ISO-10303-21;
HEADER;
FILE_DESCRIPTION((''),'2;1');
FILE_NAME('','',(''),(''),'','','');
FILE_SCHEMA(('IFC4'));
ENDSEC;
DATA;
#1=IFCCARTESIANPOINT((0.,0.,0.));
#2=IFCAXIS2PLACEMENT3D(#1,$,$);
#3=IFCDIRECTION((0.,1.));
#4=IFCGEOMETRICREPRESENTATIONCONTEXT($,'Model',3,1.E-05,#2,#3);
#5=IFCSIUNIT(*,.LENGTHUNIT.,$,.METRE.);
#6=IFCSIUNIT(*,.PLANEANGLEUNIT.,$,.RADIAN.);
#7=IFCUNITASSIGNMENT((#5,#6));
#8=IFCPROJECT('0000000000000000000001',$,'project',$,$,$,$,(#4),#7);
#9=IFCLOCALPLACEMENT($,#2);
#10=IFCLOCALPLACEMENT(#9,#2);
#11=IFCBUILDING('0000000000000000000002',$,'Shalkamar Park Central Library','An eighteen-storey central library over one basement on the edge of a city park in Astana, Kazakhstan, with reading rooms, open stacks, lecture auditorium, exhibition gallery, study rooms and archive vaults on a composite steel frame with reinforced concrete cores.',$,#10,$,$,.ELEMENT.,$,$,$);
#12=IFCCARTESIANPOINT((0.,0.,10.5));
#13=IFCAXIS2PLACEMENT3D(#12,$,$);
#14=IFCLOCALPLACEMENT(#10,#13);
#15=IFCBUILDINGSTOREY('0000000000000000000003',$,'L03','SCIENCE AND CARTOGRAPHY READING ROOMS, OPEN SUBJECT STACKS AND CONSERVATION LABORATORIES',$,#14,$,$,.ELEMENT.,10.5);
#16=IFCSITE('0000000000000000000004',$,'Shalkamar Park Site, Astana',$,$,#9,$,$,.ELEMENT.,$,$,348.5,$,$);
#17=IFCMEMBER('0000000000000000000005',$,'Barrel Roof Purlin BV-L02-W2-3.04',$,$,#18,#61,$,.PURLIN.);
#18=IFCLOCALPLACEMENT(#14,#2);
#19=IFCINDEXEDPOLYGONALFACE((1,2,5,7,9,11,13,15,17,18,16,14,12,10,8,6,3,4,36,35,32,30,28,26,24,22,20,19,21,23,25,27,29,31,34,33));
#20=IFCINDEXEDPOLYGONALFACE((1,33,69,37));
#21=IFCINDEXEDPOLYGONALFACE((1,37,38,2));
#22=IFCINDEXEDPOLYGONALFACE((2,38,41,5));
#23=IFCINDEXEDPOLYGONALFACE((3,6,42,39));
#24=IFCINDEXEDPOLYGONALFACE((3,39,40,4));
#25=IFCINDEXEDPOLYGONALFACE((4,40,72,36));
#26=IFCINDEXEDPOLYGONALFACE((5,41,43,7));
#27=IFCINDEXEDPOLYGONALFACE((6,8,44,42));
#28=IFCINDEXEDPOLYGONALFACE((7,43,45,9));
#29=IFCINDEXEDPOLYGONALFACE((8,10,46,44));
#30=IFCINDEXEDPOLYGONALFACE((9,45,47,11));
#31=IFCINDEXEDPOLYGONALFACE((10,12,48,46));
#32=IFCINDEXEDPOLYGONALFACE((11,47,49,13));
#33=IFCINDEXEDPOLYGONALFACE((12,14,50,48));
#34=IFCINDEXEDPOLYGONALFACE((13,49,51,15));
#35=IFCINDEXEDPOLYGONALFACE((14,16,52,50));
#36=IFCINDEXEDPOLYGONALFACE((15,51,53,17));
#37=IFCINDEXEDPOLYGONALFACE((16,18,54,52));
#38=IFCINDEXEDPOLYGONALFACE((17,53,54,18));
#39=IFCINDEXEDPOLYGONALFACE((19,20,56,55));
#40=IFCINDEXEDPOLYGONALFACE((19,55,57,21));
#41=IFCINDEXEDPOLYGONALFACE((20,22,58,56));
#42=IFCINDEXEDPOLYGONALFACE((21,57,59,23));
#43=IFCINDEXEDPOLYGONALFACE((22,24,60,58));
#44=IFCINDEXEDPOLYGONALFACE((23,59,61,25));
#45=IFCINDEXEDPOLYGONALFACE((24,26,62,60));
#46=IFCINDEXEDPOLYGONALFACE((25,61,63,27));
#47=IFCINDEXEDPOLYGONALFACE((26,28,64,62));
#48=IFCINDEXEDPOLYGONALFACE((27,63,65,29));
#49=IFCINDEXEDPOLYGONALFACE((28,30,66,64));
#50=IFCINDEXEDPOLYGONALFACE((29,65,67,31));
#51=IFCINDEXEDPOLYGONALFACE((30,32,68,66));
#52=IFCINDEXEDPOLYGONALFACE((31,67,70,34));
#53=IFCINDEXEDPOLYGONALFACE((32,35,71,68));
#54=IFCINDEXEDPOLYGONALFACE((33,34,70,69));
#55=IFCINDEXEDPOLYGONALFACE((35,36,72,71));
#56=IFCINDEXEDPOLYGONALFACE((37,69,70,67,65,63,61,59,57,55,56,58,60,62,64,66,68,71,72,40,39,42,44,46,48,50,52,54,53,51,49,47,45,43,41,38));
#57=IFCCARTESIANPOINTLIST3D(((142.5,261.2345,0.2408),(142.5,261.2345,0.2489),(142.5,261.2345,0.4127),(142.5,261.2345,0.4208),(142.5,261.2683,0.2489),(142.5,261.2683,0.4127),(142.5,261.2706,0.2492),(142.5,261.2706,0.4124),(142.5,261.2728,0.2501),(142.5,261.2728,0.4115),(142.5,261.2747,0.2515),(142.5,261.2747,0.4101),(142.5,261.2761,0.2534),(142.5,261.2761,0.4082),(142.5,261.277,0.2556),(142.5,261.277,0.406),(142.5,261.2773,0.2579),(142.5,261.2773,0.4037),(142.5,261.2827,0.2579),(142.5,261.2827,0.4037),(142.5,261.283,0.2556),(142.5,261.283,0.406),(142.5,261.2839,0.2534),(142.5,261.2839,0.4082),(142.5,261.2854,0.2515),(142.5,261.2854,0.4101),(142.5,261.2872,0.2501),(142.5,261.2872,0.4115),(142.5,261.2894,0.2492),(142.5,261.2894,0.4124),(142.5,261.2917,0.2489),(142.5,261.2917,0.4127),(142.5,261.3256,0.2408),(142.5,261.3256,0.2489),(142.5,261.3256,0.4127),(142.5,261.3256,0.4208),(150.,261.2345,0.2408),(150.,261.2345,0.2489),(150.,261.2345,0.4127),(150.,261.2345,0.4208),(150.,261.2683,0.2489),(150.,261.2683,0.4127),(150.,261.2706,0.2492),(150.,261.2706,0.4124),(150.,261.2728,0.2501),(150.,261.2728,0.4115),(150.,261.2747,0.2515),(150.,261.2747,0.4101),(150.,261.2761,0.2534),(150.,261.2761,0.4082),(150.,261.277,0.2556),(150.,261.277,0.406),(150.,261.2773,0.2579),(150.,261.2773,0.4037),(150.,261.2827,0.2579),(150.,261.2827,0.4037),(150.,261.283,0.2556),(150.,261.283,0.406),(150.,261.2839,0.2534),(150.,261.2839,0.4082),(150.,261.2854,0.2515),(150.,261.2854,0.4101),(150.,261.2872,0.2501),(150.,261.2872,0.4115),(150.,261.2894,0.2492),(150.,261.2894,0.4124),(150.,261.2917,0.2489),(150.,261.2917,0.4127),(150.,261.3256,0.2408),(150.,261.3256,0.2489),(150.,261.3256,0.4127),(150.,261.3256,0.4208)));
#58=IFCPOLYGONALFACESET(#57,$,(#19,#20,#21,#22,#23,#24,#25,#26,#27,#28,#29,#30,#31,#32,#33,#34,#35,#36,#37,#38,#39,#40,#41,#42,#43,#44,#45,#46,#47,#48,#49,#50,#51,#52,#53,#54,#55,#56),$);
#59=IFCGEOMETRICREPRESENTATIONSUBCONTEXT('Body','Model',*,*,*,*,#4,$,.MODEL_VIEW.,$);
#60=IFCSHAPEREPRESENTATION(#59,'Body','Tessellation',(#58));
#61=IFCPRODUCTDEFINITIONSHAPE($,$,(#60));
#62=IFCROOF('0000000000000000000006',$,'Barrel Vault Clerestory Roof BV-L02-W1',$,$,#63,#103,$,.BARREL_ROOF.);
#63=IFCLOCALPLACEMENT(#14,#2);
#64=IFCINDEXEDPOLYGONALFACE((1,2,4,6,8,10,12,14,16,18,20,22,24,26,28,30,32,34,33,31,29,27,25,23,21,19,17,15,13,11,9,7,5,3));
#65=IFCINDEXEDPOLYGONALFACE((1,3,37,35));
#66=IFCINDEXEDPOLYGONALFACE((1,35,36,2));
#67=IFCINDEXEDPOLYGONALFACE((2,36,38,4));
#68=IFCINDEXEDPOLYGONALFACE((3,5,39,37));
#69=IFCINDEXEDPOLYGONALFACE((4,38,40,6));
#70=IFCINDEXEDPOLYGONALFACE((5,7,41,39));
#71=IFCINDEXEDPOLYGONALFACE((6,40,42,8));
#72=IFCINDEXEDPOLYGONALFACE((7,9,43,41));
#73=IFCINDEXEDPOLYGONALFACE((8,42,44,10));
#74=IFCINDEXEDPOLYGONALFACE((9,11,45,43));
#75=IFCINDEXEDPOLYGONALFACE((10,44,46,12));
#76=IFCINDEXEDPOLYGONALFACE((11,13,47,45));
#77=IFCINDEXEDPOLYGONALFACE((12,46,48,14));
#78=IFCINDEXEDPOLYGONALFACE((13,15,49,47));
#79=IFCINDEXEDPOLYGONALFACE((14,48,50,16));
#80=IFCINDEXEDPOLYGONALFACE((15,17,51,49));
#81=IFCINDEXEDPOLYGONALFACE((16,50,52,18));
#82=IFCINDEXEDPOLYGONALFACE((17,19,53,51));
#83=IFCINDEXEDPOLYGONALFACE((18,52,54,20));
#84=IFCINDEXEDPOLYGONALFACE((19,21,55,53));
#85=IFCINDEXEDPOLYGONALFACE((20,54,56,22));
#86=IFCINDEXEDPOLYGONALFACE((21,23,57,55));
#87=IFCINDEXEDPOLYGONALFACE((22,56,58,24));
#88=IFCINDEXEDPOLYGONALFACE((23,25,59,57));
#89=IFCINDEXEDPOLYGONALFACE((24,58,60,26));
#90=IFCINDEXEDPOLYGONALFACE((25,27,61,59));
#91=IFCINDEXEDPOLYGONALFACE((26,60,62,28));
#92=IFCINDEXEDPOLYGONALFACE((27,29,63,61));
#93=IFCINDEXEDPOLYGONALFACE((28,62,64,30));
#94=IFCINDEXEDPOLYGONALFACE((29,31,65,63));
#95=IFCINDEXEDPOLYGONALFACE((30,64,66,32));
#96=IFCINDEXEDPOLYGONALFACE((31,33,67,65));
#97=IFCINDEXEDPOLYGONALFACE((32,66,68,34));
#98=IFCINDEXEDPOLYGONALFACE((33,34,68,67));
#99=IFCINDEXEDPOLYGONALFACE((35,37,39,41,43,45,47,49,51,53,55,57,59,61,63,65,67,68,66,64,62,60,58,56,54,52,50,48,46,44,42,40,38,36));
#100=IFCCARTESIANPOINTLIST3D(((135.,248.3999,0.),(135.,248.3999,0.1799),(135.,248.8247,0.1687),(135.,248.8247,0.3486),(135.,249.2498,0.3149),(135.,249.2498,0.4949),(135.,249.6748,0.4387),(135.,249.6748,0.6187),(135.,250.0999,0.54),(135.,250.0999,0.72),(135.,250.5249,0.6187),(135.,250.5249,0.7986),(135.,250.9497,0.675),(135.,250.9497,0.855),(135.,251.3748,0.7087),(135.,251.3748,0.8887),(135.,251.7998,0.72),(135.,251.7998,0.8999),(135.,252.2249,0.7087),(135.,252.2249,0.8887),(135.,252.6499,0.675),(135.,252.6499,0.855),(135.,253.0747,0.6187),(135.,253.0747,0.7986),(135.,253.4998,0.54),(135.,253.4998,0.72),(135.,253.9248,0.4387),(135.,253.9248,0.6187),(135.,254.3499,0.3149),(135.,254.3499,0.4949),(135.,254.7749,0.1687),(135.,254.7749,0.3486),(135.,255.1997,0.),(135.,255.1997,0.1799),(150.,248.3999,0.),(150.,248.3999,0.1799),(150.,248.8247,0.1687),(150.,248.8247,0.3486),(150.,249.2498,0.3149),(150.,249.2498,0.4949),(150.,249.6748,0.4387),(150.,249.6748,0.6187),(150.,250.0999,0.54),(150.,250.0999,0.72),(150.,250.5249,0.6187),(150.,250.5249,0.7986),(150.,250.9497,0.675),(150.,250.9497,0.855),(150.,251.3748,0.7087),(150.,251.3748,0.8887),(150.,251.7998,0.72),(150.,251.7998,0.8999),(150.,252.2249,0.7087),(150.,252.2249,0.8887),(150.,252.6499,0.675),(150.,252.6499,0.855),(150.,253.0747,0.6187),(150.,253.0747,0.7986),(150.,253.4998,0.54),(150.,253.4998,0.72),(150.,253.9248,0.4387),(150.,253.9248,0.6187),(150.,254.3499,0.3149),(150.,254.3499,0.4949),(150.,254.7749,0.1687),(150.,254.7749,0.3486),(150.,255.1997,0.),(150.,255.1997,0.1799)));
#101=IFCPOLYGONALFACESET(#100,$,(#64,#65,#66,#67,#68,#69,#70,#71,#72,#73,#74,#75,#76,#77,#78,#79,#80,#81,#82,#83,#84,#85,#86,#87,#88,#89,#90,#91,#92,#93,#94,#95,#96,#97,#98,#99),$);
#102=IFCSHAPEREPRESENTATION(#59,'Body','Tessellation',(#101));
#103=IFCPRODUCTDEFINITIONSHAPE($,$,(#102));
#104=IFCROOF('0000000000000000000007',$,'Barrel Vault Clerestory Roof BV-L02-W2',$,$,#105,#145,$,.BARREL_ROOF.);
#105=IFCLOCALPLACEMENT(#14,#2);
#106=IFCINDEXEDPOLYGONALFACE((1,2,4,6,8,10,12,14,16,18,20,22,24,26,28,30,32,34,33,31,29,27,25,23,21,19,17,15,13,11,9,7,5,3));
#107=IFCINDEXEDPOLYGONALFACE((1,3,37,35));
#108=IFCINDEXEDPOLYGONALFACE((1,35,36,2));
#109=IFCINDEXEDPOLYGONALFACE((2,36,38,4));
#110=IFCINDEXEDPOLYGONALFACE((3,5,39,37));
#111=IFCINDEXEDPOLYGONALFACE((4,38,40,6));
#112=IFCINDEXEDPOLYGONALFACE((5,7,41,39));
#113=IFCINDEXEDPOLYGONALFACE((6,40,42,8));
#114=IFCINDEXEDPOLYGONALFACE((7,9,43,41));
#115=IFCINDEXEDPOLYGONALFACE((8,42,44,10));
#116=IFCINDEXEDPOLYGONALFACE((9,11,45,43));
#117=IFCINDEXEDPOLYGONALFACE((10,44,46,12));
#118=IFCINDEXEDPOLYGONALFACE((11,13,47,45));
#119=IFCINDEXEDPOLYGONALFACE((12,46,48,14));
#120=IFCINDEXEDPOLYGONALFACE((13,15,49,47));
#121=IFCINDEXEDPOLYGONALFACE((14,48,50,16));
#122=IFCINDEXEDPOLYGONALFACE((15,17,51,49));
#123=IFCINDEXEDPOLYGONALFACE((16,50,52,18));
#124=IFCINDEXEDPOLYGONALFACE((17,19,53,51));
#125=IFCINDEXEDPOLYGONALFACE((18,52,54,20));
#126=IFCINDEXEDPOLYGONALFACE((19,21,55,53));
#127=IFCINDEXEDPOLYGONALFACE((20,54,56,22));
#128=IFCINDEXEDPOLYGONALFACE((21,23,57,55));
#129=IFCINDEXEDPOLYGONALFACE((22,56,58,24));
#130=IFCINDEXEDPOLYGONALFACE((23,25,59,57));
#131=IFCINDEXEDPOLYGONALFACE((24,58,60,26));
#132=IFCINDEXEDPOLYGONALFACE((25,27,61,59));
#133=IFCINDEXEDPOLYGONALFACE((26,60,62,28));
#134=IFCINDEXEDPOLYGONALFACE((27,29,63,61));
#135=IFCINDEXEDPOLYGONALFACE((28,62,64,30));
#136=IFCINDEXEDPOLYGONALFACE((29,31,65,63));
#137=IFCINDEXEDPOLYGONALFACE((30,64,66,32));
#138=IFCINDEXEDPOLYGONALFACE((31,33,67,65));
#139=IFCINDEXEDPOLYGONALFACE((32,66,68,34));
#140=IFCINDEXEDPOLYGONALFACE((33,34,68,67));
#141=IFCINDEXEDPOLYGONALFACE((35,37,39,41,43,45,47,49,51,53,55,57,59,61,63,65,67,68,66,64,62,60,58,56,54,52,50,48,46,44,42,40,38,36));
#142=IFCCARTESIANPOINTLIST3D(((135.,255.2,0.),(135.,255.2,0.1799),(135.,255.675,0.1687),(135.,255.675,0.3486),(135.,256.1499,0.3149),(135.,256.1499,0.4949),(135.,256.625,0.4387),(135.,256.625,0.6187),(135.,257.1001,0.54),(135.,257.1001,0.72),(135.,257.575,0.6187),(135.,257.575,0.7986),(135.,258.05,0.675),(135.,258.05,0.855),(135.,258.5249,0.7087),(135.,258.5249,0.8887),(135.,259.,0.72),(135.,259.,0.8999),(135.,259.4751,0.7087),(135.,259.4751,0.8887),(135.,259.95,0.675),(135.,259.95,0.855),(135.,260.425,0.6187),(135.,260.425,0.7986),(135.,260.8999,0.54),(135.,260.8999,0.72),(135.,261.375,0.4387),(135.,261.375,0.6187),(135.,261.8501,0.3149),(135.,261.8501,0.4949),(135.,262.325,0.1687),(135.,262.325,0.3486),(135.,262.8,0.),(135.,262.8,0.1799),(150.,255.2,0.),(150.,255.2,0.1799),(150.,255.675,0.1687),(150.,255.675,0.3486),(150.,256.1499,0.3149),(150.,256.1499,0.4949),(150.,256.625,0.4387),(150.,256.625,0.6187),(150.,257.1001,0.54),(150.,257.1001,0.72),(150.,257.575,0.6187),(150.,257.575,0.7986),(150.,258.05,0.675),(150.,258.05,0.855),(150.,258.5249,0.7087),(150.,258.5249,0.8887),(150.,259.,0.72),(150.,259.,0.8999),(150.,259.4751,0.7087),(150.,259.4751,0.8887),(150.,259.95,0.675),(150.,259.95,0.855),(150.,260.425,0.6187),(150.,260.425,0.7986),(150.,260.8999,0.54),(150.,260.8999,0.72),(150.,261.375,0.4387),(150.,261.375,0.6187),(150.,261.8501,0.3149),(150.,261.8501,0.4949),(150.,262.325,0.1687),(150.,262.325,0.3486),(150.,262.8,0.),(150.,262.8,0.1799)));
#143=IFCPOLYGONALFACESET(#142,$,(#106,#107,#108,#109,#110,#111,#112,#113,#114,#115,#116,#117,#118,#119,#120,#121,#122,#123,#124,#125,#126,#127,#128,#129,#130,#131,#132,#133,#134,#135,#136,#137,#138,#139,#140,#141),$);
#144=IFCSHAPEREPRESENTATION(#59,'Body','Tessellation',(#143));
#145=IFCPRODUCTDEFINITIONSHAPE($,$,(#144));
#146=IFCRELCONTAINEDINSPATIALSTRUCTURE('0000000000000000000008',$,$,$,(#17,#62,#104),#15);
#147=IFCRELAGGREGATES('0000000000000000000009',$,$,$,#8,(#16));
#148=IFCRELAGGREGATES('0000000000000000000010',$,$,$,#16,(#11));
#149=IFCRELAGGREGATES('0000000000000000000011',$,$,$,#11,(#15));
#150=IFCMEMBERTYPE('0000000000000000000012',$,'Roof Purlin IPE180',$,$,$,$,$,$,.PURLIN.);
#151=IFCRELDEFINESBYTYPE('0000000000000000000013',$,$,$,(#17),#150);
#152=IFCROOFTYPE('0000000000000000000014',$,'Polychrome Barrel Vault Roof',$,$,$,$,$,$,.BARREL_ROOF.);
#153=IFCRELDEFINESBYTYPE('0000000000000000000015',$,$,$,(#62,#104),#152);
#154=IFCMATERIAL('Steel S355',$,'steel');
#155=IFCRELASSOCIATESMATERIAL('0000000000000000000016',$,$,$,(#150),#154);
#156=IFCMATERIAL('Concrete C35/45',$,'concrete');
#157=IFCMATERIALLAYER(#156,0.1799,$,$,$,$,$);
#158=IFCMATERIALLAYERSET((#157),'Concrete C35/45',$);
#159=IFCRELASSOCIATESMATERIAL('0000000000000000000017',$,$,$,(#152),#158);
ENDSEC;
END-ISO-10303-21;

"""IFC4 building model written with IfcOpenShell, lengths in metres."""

from ifc_helpers import new_model, si_unit, direction, frame, origin, origin_2d, place, context, subcontext, project, spatial, polyline, i_section, outline, extrude, material, layer, layer_set, material_profile, profile_set, type_object, element, save


model = new_model("IFC4")

# Units and contexts
model_context = context("Model", 3, precision=1e-05, world=origin(), true_north=direction((0.0, 1.0)))
body_context = subcontext(model_context, "Body", "Model", "MODEL_VIEW")
ifc_project = project(units=[si_unit("LENGTHUNIT", "METRE"), si_unit("PLANEANGLEUNIT", "RADIAN")], contexts=[model_context])

# Site, building, storey
site_placement = place(None, origin())
site = spatial("IfcSite", under=ifc_project, at=site_placement, Name="Shalkamar Park Site, Astana", CompositionType="ELEMENT", RefElevation=348.5)
building_placement = place(site_placement, origin())
building = spatial("IfcBuilding", under=site, at=building_placement, Name="Shalkamar Park Central Library", Description="An eighteen-storey central library over one basement on the edge of a city park in Astana, Kazakhstan, with reading rooms, open stacks, lecture auditorium, exhibition gallery, study rooms and archive vaults on a composite steel frame with reinforced concrete cores.", CompositionType="ELEMENT")
storey_placement = place(building_placement, frame((0.0, 0.0, 10.5)))
storey = spatial("IfcBuildingStorey", under=building, at=storey_placement, Name="L03", Description="SCIENCE AND CARTOGRAPHY READING ROOMS, OPEN SUBJECT STACKS AND CONSERVATION LABORATORIES", CompositionType="ELEMENT", Elevation=10.5)

# Member
ifc_material_1 = material(Name="Steel S355", Category="steel")
ifc_material_profile_1 = material_profile(ifc_material_1, i_section(OverallWidth=0.0911, OverallDepth=0.1799, WebThickness=0.0054, FlangeThickness=0.0081, FilletRadius=0.009, at=origin_2d()), Name="IPE 180")
ifc_profile_set_1 = profile_set([ifc_material_profile_1], Name="Steel S355")
member_type_1 = type_object("IfcMemberType", Name="Roof Purlin IPE180", PredefinedType="PURLIN", material=ifc_profile_set_1)
for number, where, z_axis, x_axis, name in (
    (1, (142.5, 261.28, 0.3308), (1.0, 0.0, 0.0), (0.0, 1.0, 0.0), "Barrel Roof Purlin BV-L02-W2-3.04"),
):
    element("IfcMember", number, at=place(storey_placement, frame(where, z_axis=z_axis, x_axis=x_axis)), inside=storey, type_object=member_type_1, Name=name, PredefinedType="PURLIN", context=body_context, shape_type="SweptSolid", body=[
        extrude(i_section(OverallWidth=0.0911, OverallDepth=0.1799, WebThickness=0.0054, FlangeThickness=0.0081, FilletRadius=0.009, at=origin_2d()), origin(), (0.0, 0.0, 1.0), 7.5),
    ])

# Roofs
ifc_material_2 = material(Name="Concrete C35/45", Category="concrete")
ifc_layer = layer(ifc_material_2, 0.1799)
ifc_layer_set = layer_set([ifc_layer], Name="Concrete C35/45")
roof_type = type_object("IfcRoofType", Name="Polychrome Barrel Vault Roof", PredefinedType="BARREL_ROOF", material=ifc_layer_set)
roof_1_placement = place(storey_placement, frame((135.0, 251.7998, 0.0), z_axis=(0.0, 0.0, 1.0), x_axis=(1.0, 0.0, 0.0)))
element("IfcRoof", 2, at=roof_1_placement, inside=storey, type_object=roof_type, Name="Barrel Vault Clerestory Roof BV-L02-W1", PredefinedType="BARREL_ROOF", context=body_context, shape_type="SweptSolid", body=[
    extrude(outline(polyline([(-3.3999, 0.1799), (-2.9751, 0.3486), (-2.55, 0.4949), (-2.125, 0.6187), (-1.7, 0.72), (-1.2749, 0.7986), (-0.8501, 0.855), (-0.425, 0.8887), (0.0, 0.8999), (0.425, 0.8887), (0.8501, 0.855), (1.2749, 0.7986), (1.7, 0.72), (2.125, 0.6187), (2.55, 0.4949), (2.9751, 0.3486), (3.3999, 0.1799), (3.3999, 0.0), (2.9751, 0.1687), (2.55, 0.3149), (2.125, 0.4387), (1.7, 0.54), (1.2749, 0.6187), (0.8501, 0.675), (0.425, 0.7087), (0.0, 0.72), (-0.425, 0.7087), (-0.8501, 0.675), (-1.2749, 0.6187), (-1.7, 0.54), (-2.125, 0.4387), (-2.55, 0.3149), (-2.9751, 0.1687), (-3.3999, 0.0), (-3.3999, 0.1799)])), frame((0.0, 0.0, 0.0), z_axis=(1.0, 0.0, 0.0), x_axis=(0.0, 1.0, 0.0)), (0.0, 0.0, 1.0), 15.0),
])
roof_2_placement = place(storey_placement, frame((135.0, 259.0, 0.0), z_axis=(0.0, 0.0, 1.0), x_axis=(1.0, 0.0, 0.0)))
element("IfcRoof", 3, at=roof_2_placement, inside=storey, type_object=roof_type, Name="Barrel Vault Clerestory Roof BV-L02-W2", PredefinedType="BARREL_ROOF", context=body_context, shape_type="SweptSolid", body=[
    extrude(outline(polyline([(-3.8, 0.1799), (-3.325, 0.3486), (-2.8501, 0.4949), (-2.375, 0.6187), (-1.8999, 0.72), (-1.425, 0.7986), (-0.95, 0.855), (-0.4751, 0.8887), (0.0, 0.8999), (0.4751, 0.8887), (0.95, 0.855), (1.425, 0.7986), (1.8999, 0.72), (2.375, 0.6187), (2.8501, 0.4949), (3.325, 0.3486), (3.8, 0.1799), (3.8, 0.0), (3.325, 0.1687), (2.8501, 0.3149), (2.375, 0.4387), (1.8999, 0.54), (1.425, 0.6187), (0.95, 0.675), (0.4751, 0.7087), (0.0, 0.72), (-0.4751, 0.7087), (-0.95, 0.675), (-1.425, 0.6187), (-1.8999, 0.54), (-2.375, 0.4387), (-2.8501, 0.3149), (-3.325, 0.1687), (-3.8, 0.0), (-3.8, 0.1799)])), frame((0.0, 0.0, 0.0), z_axis=(1.0, 0.0, 0.0), x_axis=(0.0, 1.0, 0.0)), (0.0, 0.0, 1.0), 15.0),
])

save(model, "model.ifc")
